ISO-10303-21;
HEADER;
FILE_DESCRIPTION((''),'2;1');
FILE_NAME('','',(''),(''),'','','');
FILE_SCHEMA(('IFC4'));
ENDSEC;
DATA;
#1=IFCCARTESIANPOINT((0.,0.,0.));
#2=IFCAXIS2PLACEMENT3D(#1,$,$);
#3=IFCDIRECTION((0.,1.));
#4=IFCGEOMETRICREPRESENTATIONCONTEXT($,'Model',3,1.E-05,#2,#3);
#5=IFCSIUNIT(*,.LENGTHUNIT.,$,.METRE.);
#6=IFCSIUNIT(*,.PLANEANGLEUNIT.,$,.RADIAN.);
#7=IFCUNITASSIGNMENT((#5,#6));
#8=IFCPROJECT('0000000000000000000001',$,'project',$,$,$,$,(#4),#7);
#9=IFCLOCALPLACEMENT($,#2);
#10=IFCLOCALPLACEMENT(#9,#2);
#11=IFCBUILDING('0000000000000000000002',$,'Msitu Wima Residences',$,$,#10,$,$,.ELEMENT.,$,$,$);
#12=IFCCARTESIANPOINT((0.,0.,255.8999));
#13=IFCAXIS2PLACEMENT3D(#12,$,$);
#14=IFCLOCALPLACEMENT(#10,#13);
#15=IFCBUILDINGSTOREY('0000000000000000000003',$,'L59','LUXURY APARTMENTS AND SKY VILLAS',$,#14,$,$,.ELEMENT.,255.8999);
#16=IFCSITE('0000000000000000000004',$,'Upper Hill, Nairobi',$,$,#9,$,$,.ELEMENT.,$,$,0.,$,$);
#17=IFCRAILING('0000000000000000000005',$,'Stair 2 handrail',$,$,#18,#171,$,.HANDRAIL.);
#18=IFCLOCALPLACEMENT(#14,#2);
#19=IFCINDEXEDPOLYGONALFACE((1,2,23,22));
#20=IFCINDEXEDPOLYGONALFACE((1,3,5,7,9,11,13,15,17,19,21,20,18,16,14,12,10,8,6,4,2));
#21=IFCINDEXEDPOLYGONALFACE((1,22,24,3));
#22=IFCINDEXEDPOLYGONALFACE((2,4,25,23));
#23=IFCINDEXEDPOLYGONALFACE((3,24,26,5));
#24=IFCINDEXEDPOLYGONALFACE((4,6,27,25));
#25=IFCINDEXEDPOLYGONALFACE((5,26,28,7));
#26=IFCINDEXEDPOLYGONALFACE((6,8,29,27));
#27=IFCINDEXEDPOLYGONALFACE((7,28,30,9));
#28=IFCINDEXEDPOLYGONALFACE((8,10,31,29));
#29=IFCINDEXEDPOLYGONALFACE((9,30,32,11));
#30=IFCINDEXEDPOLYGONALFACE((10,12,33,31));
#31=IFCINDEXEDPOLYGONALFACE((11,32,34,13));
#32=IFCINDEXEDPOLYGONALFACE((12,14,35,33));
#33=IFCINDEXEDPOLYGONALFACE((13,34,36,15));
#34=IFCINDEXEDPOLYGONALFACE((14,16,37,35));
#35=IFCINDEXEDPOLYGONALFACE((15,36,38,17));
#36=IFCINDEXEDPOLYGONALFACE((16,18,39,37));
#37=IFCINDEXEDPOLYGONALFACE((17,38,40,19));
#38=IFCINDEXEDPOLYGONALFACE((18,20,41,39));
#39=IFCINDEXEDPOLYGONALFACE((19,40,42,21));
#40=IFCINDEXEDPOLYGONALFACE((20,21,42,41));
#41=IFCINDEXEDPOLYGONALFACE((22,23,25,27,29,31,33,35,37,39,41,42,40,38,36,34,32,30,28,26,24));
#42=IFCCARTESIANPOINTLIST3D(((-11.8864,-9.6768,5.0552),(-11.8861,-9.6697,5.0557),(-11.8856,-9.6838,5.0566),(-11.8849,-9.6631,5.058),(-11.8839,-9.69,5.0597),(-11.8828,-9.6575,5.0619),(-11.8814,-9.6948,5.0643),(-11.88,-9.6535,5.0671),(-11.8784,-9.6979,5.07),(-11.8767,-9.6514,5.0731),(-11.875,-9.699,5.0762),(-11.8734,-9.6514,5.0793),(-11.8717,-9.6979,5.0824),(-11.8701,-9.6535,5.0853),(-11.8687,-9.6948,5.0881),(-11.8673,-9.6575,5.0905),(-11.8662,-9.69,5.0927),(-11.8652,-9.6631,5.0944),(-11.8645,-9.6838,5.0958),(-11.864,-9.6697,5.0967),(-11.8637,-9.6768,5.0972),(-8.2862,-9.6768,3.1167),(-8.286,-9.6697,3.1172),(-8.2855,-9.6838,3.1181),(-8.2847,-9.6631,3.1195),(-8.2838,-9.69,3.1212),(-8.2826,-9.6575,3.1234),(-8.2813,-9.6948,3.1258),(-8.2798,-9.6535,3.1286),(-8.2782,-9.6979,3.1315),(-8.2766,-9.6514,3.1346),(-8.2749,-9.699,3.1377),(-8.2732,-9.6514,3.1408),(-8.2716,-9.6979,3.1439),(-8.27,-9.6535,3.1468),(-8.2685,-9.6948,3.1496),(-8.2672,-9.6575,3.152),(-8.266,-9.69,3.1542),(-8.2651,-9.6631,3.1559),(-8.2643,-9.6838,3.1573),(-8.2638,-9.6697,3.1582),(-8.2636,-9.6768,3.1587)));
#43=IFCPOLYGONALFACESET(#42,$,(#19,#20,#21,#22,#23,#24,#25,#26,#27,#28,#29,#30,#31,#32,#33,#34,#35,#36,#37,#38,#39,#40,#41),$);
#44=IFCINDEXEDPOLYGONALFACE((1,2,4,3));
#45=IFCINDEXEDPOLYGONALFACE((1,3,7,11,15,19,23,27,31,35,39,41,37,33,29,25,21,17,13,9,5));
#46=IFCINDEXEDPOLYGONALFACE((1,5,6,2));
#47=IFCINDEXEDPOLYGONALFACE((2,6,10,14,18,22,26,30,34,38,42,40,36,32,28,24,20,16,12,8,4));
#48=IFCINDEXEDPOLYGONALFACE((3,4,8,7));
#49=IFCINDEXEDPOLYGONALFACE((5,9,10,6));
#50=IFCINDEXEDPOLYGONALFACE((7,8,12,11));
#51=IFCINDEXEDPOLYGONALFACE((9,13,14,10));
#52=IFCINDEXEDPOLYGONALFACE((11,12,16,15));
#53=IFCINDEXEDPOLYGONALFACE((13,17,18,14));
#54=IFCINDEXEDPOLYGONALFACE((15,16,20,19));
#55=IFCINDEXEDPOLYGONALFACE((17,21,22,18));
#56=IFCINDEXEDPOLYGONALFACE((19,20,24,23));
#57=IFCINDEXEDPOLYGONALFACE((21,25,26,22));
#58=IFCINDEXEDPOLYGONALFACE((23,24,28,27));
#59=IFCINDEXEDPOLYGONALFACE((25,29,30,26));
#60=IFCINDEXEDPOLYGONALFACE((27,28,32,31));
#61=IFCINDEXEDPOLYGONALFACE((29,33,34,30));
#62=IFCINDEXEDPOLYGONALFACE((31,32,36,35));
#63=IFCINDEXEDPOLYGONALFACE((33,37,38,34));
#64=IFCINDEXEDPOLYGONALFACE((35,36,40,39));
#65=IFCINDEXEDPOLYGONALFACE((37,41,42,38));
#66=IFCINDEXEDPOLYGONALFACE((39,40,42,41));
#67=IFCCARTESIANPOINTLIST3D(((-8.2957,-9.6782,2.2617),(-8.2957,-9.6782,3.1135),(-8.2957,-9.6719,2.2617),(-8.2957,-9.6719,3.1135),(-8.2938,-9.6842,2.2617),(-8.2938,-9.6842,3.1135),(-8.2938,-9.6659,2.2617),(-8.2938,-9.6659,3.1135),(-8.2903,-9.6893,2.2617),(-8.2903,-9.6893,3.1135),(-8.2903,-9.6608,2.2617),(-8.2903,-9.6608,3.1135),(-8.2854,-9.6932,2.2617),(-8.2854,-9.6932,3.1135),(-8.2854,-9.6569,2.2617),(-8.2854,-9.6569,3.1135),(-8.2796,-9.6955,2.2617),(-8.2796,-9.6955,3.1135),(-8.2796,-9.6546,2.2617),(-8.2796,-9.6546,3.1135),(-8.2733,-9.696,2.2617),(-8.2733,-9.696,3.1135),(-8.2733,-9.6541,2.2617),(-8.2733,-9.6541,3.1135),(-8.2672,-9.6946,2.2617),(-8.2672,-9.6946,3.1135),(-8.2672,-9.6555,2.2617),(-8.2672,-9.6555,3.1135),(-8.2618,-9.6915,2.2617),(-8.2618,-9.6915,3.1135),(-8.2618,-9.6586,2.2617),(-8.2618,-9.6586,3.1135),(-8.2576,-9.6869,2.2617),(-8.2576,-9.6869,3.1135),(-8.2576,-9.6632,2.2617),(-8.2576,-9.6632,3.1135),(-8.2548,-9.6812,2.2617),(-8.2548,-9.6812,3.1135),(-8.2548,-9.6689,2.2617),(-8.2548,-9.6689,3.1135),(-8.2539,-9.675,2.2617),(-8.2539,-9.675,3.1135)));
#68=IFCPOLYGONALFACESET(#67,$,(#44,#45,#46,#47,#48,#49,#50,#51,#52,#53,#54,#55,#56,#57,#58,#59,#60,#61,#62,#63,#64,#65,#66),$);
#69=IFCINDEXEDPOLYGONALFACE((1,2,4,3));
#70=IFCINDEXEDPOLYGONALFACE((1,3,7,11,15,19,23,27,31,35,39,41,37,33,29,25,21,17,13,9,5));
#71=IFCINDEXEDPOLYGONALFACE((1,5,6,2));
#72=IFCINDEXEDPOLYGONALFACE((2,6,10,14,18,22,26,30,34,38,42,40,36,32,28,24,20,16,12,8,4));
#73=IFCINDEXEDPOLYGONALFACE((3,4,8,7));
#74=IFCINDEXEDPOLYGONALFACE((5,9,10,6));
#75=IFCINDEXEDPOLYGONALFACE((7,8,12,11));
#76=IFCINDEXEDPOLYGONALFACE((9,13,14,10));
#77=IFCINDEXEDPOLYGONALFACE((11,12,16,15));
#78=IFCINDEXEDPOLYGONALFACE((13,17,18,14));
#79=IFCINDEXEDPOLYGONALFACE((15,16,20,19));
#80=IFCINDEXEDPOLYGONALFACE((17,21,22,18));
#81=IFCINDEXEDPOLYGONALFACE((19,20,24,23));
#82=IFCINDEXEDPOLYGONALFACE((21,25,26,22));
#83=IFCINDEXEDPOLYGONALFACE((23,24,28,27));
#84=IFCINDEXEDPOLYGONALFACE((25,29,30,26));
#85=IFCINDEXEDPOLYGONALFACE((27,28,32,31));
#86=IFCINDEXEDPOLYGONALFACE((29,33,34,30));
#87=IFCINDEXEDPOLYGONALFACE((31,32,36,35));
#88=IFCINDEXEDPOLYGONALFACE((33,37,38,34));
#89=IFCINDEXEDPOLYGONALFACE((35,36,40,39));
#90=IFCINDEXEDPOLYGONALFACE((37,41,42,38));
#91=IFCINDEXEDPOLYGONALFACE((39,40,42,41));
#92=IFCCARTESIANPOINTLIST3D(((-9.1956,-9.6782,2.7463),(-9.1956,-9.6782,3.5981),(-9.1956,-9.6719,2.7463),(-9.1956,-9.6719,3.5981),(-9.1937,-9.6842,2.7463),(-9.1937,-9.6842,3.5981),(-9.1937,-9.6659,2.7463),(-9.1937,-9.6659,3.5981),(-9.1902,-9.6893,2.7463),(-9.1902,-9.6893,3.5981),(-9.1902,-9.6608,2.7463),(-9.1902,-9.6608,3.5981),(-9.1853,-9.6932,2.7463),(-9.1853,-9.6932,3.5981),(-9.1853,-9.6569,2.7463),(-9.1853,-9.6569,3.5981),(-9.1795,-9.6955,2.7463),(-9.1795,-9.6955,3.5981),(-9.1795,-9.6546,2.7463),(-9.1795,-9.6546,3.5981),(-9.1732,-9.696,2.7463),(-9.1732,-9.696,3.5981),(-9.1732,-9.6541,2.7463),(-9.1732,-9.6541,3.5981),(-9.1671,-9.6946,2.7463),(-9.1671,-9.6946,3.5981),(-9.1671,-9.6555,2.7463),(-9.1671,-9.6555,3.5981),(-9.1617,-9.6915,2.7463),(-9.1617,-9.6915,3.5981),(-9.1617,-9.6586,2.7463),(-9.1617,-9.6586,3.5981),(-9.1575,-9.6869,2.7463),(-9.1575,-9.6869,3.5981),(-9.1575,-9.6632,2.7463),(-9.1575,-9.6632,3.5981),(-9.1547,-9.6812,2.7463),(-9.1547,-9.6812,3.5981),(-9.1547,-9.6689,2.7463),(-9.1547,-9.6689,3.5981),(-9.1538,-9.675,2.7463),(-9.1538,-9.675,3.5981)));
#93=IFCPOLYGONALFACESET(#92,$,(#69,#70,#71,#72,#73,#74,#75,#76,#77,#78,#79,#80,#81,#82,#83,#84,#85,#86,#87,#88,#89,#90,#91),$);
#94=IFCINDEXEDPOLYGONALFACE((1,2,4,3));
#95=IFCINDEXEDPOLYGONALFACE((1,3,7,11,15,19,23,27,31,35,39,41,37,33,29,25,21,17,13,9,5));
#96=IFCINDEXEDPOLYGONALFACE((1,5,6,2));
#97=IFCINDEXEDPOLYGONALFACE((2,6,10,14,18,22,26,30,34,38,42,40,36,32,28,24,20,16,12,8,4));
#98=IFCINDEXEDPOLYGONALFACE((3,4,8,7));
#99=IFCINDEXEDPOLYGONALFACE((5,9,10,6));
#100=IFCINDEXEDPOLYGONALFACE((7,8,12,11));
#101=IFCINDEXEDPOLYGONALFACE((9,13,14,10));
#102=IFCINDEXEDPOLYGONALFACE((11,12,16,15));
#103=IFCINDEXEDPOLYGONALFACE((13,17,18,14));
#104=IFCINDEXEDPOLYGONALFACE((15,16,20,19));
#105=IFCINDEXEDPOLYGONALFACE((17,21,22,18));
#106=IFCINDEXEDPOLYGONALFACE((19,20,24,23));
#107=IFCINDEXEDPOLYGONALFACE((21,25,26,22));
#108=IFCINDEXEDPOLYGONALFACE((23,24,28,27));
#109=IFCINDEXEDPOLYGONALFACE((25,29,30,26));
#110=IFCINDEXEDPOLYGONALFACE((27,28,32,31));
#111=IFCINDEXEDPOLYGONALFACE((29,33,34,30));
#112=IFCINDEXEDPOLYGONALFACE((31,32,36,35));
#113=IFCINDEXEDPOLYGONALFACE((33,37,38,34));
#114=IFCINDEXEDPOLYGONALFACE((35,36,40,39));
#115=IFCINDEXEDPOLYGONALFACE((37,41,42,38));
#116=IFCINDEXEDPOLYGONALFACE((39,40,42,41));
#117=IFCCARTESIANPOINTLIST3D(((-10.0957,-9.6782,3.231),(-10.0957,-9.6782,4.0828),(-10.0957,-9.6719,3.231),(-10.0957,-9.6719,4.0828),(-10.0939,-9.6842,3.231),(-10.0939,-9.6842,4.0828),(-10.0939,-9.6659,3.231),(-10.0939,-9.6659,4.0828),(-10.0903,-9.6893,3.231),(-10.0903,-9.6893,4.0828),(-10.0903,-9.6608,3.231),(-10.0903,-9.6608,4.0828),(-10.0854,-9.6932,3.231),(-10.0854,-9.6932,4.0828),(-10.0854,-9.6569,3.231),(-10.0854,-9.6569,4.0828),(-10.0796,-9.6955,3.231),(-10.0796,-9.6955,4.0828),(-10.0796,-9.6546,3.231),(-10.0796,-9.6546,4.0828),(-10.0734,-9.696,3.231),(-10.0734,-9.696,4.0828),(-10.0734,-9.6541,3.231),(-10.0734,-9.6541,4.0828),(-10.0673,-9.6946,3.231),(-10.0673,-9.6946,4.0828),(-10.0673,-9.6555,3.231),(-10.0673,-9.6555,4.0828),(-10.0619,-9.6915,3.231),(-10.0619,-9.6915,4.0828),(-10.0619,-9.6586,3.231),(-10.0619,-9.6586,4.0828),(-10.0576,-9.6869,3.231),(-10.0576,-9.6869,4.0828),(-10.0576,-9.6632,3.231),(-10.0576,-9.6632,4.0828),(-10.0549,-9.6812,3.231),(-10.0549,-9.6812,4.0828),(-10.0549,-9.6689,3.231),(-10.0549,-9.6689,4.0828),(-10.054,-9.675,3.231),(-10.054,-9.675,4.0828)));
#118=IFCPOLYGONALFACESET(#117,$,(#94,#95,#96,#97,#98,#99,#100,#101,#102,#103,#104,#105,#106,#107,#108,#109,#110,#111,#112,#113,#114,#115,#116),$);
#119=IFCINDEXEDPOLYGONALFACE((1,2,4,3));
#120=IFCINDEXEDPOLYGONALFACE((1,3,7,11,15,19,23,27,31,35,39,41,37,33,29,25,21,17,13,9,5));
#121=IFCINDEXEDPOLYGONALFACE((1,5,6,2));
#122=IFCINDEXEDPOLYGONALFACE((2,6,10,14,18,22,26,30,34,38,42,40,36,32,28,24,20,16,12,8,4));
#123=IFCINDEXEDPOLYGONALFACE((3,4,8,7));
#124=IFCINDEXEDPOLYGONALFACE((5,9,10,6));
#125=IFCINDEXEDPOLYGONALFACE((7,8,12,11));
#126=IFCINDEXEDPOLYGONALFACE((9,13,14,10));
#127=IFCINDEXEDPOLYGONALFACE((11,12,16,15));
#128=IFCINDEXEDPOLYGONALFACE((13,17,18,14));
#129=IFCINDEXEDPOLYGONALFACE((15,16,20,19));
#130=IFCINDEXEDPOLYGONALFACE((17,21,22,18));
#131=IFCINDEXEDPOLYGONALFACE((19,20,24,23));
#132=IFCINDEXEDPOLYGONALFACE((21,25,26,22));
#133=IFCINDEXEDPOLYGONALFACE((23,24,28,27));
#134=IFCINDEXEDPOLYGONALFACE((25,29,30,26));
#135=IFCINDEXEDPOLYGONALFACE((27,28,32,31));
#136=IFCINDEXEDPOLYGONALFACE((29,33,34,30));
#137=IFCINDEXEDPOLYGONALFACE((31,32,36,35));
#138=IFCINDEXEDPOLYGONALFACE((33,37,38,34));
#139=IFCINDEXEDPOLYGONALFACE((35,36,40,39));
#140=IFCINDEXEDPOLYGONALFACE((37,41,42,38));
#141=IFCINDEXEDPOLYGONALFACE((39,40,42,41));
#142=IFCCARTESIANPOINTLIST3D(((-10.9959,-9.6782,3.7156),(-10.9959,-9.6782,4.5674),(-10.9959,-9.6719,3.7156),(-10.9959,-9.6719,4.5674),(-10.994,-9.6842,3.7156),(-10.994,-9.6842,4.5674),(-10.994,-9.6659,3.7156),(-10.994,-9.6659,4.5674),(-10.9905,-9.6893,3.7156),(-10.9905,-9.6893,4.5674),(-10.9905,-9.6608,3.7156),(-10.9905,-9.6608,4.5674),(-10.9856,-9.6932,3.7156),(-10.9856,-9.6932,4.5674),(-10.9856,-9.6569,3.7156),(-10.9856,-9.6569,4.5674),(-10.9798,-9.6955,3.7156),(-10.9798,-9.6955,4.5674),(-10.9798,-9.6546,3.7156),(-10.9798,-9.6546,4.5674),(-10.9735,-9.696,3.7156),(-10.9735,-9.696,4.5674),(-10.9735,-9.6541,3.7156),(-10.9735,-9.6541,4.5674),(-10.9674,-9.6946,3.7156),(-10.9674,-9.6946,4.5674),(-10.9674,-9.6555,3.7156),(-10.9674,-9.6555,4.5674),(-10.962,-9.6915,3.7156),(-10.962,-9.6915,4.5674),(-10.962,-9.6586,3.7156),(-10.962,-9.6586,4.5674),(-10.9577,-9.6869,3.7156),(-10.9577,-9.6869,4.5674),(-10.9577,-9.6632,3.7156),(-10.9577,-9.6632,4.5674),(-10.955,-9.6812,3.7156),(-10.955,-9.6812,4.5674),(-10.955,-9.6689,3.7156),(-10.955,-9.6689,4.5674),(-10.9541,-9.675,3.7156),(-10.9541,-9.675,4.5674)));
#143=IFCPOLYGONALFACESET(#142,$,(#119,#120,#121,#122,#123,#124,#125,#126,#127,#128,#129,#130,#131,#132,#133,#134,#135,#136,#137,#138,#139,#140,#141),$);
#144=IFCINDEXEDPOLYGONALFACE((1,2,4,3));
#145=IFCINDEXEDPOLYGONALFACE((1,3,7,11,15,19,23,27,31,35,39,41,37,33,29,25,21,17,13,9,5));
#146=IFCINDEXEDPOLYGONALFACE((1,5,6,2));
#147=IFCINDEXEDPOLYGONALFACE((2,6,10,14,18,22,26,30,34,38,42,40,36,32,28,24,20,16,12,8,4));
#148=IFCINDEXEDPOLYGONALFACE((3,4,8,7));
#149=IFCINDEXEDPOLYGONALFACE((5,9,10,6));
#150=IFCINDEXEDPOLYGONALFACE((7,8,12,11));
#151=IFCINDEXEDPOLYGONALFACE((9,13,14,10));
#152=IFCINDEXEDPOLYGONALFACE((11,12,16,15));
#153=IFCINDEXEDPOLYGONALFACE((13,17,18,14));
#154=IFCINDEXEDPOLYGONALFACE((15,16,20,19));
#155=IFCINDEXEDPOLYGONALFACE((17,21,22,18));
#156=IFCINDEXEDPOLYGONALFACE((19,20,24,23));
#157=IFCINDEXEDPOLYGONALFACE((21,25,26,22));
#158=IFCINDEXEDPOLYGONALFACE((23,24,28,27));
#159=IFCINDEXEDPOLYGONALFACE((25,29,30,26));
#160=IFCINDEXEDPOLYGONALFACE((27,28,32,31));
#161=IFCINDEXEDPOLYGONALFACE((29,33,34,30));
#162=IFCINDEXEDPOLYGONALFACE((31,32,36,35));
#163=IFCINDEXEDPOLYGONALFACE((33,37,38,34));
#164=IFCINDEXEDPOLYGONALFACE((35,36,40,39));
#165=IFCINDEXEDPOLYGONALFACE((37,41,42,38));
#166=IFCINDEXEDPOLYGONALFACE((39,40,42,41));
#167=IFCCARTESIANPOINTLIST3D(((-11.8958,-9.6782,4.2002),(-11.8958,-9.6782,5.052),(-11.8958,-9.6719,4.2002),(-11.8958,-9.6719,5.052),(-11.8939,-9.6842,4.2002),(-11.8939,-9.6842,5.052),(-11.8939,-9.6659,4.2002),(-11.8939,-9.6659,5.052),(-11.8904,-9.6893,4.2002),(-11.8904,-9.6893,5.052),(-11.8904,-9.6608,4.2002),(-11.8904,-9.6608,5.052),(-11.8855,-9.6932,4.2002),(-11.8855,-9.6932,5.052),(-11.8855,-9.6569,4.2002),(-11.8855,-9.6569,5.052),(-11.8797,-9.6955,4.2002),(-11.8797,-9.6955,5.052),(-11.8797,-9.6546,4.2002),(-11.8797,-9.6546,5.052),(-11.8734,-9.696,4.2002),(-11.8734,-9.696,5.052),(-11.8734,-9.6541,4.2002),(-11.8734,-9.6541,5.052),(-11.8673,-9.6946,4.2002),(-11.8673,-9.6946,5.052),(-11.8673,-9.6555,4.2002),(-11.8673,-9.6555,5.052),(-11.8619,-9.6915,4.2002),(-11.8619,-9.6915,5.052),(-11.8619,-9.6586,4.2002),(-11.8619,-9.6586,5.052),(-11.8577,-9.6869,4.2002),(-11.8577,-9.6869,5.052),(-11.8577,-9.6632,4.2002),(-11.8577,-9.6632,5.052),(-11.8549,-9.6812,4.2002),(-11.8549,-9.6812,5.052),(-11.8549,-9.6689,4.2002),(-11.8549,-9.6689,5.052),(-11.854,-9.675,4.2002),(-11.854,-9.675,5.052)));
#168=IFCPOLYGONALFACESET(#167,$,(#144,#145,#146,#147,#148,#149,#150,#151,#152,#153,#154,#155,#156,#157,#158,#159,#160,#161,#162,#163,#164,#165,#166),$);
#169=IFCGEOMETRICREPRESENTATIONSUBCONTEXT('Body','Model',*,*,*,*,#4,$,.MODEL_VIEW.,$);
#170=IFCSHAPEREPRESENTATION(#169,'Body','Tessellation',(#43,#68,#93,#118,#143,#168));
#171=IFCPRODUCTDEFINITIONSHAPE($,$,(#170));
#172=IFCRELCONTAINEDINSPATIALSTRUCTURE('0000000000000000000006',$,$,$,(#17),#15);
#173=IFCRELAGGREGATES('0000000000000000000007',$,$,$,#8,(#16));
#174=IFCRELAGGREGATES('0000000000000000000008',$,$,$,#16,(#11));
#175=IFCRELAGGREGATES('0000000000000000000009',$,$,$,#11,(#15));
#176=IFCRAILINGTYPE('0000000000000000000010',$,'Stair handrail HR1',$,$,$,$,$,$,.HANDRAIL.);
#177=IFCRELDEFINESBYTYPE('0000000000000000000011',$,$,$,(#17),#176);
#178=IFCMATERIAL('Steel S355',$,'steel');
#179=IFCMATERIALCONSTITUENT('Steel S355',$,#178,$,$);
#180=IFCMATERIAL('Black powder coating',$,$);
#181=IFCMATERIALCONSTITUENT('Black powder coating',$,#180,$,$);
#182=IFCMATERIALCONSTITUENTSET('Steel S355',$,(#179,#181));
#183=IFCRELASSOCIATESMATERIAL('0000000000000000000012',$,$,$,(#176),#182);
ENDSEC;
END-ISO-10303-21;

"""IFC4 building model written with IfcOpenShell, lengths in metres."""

from ifc_helpers import new_model, si_unit, direction, frame, origin, origin_2d, place, context, subcontext, project, spatial, circle, extrude, material, constituent, constituent_set, type_object, element, save


model = new_model("IFC4")

# Units and contexts
model_context = context("Model", 3, precision=1e-05, world=origin(), true_north=direction((0.0, 1.0)))
body_context = subcontext(model_context, "Body", "Model", "MODEL_VIEW")
ifc_project = project(units=[si_unit("LENGTHUNIT", "METRE"), si_unit("PLANEANGLEUNIT", "RADIAN")], contexts=[model_context])

# Site, building, storey
site_placement = place(None, origin())
site = spatial("IfcSite", under=ifc_project, at=site_placement, Name="Upper Hill, Nairobi", CompositionType="ELEMENT", RefElevation=0.0)
building_placement = place(site_placement, origin())
building = spatial("IfcBuilding", under=site, at=building_placement, Name="Msitu Wima Residences", CompositionType="ELEMENT")
storey_placement = place(building_placement, frame((0.0, 0.0, 255.8999)))
storey = spatial("IfcBuildingStorey", under=building, at=storey_placement, Name="L59", Description="LUXURY APARTMENTS AND SKY VILLAS", CompositionType="ELEMENT", Elevation=255.8999)

# Railing
ifc_material_1 = material(Name="Steel S355", Category="steel")
ifc_constituent_1 = constituent(ifc_material_1, Name="Steel S355")
ifc_material_2 = material(Name="Black powder coating")
ifc_constituent_2 = constituent(ifc_material_2, Name="Black powder coating")
ifc_constituent_set = constituent_set(constituents=[ifc_constituent_1, ifc_constituent_2], Name="Steel S355")
railing_type = type_object("IfcRailingType", Name="Stair handrail HR1", PredefinedType="HANDRAIL", material=ifc_constituent_set)
railing_placement = place(storey_placement, frame((-8.2749, -9.675, 2.2617)))
element("IfcRailing", 1, at=railing_placement, inside=storey, type_object=railing_type, Name="Stair 2 handrail", PredefinedType="HANDRAIL", context=body_context, shape_type="SweptSolid", body=[
    extrude(circle(Radius=0.0239, at=origin_2d()), frame((0.0, 0.0, 0.876), z_axis=(-0.880475, 0.0, 0.474093), x_axis=(0.0, -1.0, 0.0)), (0.0, 0.0, 1.0), 4.0889),
    extrude(circle(Radius=0.021, at=origin_2d()), origin(), (0.0, 0.0, 1.0), 0.8518),
    extrude(circle(Radius=0.021, at=origin_2d()), frame((-0.8999, 0.0, 0.4846)), (0.0, 0.0, 1.0), 0.8518),
    extrude(circle(Radius=0.021, at=origin_2d()), frame((-1.8, 0.0, 0.9692)), (0.0, 0.0, 1.0), 0.8518),
    extrude(circle(Radius=0.021, at=origin_2d()), frame((-2.7002, 0.0, 1.4539)), (0.0, 0.0, 1.0), 0.8518),
    extrude(circle(Radius=0.021, at=origin_2d()), frame((-3.6001, 0.0, 1.9385)), (0.0, 0.0, 1.0), 0.8518),
])

save(model, "model.ifc")
